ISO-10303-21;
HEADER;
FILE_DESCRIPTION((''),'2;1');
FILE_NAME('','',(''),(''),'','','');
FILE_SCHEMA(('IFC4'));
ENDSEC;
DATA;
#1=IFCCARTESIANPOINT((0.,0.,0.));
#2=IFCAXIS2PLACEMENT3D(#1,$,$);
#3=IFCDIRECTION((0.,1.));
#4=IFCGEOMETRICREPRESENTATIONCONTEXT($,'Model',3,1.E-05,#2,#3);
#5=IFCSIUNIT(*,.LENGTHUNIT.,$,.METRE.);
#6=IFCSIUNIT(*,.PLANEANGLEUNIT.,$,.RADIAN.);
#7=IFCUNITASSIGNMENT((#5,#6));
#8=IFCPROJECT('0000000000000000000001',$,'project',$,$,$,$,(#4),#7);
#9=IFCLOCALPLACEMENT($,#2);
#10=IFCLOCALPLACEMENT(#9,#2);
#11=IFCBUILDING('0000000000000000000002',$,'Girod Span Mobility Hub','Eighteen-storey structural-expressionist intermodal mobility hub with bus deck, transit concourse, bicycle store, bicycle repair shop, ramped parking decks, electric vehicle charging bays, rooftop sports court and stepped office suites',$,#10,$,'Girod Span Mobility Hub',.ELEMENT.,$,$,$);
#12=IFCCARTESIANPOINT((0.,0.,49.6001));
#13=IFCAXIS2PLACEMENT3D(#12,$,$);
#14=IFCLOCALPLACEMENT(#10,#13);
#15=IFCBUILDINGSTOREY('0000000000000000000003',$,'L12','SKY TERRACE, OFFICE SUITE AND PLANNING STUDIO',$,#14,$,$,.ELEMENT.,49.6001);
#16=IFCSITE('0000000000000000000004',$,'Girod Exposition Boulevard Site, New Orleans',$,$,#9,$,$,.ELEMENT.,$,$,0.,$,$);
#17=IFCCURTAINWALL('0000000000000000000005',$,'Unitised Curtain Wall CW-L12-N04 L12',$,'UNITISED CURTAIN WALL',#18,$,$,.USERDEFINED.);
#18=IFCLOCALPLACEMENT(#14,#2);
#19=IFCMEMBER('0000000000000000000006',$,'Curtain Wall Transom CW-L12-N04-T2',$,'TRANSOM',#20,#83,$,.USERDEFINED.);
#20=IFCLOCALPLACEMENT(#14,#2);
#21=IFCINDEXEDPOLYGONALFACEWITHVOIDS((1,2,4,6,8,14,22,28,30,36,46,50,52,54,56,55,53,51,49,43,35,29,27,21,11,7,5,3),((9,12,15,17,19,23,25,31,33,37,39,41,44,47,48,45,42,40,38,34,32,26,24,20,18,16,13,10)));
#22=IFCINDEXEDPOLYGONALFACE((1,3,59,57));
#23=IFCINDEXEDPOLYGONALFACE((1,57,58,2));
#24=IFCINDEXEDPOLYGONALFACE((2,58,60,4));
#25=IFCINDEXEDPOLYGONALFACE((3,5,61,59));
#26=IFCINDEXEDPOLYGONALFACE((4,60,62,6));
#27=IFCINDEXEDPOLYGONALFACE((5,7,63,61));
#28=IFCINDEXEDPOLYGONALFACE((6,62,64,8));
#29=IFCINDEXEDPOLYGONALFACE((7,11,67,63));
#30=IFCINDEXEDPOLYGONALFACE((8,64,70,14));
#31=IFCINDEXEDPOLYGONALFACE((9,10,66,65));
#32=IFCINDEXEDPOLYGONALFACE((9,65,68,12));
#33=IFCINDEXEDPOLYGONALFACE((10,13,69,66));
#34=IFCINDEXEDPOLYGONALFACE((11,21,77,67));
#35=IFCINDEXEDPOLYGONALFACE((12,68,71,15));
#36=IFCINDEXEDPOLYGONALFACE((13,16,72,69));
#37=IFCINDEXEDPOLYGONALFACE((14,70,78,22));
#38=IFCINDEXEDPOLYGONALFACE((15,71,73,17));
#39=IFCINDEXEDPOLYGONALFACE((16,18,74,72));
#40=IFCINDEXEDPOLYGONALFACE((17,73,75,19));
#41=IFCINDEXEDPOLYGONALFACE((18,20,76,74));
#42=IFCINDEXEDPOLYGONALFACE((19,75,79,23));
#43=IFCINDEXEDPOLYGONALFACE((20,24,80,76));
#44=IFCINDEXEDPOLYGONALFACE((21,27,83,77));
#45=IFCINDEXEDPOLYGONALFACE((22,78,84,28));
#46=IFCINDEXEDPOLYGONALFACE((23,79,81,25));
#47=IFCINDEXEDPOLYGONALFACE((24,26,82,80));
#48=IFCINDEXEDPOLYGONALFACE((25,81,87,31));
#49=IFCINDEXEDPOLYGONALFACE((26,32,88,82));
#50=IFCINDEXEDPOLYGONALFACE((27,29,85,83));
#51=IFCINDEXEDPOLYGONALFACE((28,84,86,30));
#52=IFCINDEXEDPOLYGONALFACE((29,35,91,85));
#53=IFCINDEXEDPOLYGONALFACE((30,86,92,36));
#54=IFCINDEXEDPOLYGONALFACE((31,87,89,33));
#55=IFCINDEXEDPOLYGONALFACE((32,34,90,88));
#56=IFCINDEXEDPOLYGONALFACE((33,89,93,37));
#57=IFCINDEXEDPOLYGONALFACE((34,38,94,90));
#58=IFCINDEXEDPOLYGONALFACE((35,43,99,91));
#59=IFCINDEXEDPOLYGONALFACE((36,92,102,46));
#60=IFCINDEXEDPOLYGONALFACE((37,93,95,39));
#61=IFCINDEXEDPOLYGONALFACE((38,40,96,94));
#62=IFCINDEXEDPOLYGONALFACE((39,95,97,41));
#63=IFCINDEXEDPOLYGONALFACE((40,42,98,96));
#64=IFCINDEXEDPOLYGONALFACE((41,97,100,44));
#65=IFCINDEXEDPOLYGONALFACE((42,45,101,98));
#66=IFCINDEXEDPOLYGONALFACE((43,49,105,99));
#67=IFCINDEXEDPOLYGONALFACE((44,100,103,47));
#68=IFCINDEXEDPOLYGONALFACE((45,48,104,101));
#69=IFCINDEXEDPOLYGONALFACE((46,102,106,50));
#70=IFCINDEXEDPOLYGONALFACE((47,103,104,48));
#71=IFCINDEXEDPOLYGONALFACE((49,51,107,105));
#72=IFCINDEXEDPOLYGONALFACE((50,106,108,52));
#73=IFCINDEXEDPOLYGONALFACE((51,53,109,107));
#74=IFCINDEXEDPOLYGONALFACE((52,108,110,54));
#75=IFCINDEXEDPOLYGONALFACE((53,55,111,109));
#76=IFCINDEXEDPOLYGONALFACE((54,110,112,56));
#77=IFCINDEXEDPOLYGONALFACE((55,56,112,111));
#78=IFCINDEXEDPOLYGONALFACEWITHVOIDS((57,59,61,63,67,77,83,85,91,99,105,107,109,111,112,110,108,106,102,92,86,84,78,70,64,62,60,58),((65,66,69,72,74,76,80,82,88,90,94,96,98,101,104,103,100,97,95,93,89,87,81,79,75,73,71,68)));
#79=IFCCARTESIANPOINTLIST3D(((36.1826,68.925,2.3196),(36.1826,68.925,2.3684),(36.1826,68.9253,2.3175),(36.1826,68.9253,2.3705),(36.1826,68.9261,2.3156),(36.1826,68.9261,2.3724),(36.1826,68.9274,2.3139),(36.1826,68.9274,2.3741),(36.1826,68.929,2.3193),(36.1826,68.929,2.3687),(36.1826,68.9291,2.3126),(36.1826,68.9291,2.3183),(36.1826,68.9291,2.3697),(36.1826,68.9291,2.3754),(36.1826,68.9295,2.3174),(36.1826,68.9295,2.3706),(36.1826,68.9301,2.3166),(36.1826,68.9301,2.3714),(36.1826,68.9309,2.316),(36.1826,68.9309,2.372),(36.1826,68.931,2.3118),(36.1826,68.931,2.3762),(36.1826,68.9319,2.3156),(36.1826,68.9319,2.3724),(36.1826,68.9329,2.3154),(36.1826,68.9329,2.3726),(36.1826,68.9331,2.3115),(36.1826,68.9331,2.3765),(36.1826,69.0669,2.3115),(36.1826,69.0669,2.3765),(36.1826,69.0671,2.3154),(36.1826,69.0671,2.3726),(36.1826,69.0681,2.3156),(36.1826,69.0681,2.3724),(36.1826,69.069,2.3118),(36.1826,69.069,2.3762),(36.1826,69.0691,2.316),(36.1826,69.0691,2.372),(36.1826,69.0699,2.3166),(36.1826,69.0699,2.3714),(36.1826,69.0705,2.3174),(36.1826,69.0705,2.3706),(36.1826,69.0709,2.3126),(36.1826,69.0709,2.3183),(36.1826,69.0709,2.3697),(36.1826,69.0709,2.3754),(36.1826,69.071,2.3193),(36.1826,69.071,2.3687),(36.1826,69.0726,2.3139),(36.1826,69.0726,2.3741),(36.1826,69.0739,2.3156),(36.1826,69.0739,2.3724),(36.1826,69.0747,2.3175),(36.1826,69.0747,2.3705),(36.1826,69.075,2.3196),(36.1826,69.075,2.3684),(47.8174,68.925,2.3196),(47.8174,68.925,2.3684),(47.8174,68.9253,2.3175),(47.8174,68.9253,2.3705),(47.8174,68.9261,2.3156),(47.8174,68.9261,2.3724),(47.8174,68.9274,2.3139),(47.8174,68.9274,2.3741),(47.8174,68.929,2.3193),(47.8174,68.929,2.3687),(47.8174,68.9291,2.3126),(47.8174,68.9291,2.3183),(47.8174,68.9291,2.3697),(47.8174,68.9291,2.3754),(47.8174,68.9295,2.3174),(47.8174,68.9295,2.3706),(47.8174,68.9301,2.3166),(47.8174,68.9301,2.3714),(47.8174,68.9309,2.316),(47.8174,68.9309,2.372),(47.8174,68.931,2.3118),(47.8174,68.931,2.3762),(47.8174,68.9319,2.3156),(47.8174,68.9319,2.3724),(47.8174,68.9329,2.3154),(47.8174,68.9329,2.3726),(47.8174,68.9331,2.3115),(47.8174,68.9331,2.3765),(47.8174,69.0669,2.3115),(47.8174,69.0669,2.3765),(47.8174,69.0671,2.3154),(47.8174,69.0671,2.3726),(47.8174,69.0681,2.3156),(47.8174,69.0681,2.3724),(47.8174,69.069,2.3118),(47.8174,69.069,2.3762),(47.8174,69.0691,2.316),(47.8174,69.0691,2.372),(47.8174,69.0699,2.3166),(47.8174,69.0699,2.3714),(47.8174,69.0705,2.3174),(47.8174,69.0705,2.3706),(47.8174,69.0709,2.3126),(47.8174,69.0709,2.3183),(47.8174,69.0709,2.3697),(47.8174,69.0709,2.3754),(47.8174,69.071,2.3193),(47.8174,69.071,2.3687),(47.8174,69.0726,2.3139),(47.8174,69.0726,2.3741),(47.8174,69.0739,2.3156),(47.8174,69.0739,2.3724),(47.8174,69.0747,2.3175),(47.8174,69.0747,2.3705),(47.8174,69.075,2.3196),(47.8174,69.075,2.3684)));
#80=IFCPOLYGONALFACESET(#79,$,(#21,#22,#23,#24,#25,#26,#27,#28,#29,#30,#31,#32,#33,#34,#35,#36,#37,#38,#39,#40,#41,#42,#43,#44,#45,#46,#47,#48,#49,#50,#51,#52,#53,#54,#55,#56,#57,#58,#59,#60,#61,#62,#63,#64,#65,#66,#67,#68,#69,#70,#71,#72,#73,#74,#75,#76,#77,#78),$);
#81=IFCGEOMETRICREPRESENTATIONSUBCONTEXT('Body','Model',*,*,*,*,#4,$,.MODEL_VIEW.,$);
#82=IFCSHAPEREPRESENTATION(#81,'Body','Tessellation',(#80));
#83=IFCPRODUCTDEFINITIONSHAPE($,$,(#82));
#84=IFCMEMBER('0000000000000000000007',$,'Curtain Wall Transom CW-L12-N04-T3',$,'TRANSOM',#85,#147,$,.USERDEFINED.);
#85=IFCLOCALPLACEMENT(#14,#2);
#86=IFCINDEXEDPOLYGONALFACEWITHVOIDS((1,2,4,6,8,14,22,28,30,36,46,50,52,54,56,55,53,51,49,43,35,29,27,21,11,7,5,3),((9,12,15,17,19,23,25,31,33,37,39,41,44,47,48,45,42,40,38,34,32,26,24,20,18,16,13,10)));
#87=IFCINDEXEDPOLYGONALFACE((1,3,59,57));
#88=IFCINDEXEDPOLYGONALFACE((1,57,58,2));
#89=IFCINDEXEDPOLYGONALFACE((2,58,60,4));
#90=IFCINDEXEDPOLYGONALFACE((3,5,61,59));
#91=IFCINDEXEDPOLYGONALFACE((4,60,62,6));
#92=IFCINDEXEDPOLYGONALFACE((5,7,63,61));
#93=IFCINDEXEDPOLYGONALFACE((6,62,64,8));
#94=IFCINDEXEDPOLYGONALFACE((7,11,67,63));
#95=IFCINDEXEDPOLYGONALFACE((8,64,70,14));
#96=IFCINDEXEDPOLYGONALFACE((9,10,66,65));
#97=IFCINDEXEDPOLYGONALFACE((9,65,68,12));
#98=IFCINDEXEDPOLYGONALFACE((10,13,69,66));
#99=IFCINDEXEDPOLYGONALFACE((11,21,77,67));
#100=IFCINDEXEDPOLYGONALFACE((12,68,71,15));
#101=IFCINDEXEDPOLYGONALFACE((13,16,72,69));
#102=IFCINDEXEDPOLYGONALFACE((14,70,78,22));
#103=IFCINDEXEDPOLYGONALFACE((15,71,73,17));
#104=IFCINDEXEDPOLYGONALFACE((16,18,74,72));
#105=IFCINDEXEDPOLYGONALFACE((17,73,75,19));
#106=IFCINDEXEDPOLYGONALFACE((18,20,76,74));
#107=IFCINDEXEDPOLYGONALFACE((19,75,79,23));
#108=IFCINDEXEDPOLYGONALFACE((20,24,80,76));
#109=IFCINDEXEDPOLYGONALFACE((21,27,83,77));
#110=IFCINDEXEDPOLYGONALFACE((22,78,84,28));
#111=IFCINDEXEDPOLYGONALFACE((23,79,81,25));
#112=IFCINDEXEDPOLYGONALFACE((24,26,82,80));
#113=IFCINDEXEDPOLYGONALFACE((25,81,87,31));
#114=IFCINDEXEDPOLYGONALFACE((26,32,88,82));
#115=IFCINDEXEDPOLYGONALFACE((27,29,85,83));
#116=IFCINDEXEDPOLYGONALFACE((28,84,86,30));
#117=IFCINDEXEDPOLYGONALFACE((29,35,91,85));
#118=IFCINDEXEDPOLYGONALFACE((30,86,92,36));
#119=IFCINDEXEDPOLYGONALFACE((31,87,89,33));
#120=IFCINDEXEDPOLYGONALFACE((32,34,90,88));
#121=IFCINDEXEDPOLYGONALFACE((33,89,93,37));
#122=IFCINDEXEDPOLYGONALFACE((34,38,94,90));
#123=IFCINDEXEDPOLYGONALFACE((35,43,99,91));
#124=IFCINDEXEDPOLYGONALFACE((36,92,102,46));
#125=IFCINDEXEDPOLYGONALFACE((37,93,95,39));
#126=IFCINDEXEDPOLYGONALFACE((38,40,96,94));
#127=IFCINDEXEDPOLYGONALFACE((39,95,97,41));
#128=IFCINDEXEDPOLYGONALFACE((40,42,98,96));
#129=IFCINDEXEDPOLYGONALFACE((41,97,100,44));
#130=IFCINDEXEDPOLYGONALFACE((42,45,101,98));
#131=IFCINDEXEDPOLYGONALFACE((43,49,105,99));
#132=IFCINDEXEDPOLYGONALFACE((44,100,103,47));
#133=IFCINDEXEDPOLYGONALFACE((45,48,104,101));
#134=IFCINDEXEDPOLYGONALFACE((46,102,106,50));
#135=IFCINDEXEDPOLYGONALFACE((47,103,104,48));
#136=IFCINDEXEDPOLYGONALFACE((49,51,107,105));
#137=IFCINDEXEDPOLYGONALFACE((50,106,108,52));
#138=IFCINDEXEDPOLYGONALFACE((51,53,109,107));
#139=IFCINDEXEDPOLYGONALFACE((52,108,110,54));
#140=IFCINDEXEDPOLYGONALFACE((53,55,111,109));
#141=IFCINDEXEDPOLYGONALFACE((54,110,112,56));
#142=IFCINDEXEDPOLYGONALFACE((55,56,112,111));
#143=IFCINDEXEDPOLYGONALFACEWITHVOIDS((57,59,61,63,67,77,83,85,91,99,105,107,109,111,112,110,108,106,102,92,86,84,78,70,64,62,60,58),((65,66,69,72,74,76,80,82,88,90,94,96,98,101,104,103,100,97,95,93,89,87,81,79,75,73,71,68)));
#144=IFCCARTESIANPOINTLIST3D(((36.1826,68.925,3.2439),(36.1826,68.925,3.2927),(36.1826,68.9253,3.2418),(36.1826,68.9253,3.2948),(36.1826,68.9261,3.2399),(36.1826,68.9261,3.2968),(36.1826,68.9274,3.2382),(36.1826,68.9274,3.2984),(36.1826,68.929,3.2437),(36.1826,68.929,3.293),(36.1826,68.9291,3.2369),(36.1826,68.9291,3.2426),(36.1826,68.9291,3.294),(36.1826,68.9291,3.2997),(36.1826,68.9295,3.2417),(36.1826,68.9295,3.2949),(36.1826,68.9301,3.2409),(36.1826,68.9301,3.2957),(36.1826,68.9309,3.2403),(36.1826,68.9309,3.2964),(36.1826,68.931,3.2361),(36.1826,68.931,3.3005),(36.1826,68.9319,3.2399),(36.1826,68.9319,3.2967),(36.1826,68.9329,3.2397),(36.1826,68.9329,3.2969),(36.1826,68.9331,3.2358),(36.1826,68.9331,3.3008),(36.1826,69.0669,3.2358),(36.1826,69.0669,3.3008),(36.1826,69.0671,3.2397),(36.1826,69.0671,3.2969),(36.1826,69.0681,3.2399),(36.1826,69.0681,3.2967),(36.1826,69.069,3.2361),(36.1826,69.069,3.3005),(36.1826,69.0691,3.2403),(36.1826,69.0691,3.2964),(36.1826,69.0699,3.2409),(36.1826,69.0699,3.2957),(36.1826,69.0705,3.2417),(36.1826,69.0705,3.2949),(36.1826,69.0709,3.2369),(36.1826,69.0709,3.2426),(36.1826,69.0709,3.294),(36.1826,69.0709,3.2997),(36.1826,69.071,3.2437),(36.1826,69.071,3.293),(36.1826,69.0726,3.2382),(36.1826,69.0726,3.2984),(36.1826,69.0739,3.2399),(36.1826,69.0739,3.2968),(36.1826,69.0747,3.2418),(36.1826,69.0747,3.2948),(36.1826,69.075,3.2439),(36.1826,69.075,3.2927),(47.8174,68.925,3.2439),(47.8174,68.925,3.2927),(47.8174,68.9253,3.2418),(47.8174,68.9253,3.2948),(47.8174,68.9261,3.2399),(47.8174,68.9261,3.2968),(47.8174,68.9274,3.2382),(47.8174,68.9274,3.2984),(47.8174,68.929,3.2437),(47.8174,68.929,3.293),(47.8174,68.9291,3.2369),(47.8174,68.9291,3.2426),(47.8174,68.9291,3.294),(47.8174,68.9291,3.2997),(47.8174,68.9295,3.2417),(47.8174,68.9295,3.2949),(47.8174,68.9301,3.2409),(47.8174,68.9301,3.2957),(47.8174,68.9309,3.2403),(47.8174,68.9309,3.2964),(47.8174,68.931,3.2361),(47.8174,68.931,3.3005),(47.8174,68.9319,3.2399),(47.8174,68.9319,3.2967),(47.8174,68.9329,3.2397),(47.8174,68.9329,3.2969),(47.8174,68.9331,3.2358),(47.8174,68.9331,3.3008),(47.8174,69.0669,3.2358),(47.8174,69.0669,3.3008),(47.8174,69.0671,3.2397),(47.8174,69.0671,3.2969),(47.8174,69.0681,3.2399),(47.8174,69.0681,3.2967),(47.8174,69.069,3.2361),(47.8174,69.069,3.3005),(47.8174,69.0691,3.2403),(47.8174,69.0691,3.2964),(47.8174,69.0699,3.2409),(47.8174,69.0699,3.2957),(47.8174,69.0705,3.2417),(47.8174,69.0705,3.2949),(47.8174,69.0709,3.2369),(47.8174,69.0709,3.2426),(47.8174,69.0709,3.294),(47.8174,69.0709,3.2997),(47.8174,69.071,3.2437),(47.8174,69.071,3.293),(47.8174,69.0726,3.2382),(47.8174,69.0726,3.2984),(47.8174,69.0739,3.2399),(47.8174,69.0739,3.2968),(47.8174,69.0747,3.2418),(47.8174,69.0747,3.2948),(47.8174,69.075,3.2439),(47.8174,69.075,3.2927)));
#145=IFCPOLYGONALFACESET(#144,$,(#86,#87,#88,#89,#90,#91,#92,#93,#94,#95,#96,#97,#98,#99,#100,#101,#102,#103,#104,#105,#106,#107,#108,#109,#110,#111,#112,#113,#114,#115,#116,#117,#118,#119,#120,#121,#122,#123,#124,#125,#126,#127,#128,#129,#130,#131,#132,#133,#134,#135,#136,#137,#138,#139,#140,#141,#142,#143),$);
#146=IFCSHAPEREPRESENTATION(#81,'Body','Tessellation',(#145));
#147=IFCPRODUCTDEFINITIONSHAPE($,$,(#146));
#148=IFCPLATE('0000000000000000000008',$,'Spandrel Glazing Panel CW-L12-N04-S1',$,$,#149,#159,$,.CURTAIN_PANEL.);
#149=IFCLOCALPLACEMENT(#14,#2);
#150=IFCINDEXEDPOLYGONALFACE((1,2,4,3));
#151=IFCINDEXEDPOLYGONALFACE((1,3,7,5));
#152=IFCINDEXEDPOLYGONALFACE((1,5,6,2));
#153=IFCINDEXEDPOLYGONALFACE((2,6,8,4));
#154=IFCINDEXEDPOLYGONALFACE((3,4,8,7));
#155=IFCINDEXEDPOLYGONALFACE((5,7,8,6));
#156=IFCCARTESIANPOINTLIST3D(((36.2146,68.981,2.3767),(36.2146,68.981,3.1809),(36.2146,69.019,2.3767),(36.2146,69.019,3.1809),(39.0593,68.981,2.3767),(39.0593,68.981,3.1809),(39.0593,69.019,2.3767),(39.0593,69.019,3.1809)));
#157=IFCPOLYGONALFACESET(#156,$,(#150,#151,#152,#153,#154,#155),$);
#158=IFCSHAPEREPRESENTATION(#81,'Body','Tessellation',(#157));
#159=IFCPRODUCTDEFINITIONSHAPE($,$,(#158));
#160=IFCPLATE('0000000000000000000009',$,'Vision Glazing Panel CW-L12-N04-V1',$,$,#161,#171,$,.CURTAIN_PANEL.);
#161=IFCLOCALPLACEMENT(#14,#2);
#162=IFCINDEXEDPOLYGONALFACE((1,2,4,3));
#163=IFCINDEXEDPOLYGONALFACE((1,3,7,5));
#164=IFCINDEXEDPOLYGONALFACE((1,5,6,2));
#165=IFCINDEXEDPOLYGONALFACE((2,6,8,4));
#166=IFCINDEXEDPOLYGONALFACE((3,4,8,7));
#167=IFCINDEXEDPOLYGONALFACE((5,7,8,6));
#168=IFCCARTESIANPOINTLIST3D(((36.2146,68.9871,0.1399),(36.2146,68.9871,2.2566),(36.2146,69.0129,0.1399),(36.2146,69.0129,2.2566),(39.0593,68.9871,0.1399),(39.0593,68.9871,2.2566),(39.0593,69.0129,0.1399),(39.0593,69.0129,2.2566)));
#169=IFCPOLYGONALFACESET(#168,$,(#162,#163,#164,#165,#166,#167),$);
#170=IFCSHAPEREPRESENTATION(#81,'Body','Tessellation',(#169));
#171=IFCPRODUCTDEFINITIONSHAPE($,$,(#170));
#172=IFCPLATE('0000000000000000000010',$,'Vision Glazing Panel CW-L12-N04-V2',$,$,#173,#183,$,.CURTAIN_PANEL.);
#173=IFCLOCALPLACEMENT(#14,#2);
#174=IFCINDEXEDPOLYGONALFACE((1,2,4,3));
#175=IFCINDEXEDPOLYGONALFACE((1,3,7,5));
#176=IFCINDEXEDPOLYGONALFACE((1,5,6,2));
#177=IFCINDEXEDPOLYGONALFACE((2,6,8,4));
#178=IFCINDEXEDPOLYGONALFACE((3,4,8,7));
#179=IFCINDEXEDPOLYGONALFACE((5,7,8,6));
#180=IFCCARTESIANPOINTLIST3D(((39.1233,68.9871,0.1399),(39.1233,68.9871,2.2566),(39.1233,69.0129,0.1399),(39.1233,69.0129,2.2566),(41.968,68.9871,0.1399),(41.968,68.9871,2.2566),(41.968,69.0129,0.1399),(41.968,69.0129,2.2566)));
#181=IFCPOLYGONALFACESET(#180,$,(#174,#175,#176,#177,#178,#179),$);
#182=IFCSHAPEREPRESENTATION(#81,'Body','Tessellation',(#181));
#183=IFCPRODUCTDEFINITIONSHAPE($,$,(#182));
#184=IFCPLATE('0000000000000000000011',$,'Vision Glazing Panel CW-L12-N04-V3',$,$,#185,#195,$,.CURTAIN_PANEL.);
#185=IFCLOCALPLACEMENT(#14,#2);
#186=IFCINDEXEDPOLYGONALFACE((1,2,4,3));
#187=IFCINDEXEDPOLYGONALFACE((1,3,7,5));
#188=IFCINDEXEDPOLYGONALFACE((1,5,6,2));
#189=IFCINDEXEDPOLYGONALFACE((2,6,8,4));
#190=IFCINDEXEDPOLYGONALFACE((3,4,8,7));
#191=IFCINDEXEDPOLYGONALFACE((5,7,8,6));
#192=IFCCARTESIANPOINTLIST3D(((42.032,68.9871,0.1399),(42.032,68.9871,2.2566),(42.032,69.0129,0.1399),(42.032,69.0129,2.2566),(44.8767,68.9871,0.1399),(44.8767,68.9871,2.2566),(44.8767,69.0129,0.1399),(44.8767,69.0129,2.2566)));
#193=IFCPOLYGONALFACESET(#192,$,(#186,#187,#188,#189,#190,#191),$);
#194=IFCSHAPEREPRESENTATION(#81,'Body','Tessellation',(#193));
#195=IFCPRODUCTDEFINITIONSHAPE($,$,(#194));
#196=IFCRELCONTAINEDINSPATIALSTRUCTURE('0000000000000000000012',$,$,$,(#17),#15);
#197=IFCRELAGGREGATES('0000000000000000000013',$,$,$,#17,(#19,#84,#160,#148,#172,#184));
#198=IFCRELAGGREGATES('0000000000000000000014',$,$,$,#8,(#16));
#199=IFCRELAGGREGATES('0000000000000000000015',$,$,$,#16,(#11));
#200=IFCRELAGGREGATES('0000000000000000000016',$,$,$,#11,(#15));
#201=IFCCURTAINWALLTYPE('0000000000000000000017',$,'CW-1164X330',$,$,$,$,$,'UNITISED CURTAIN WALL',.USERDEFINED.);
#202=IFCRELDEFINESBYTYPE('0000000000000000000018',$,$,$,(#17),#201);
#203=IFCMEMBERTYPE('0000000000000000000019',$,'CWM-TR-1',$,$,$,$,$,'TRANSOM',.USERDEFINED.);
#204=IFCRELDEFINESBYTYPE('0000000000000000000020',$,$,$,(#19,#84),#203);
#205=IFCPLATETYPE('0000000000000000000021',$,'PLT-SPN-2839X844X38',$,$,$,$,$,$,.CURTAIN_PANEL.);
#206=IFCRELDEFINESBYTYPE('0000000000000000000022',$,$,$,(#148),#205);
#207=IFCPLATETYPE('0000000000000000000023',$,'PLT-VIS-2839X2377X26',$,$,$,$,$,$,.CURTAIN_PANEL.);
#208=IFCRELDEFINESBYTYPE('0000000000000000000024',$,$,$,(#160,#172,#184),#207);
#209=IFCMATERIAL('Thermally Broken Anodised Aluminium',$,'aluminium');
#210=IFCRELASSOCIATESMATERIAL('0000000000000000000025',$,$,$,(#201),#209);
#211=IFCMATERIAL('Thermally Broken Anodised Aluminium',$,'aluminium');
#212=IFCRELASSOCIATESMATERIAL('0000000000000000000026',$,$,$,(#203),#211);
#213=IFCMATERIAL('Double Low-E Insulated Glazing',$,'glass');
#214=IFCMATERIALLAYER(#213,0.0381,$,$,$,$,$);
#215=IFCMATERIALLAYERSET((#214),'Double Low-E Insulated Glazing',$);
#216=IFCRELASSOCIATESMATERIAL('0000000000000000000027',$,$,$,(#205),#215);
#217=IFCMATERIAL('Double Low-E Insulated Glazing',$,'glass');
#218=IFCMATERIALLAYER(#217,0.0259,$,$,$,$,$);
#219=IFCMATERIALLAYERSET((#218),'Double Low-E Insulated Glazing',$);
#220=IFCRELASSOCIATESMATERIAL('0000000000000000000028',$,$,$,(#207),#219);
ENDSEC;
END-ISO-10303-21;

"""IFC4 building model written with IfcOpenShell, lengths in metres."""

from ifc_helpers import new_model, si_unit, direction, frame, origin, origin_2d, place, context, subcontext, project, spatial, rectangle, hollow_rectangle, extrude, material, layer, layer_set, material_profile, profile_set, type_object, element, aggregate, save


model = new_model("IFC4")

# Units and contexts
model_context = context("Model", 3, precision=1e-05, world=origin(), true_north=direction((0.0, 1.0)))
body_context = subcontext(model_context, "Body", "Model", "MODEL_VIEW")
ifc_project = project(units=[si_unit("LENGTHUNIT", "METRE"), si_unit("PLANEANGLEUNIT", "RADIAN")], contexts=[model_context])

# Site, building, storey
site_placement = place(None, origin())
site = spatial("IfcSite", under=ifc_project, at=site_placement, Name="Girod Exposition Boulevard Site, New Orleans", CompositionType="ELEMENT", RefElevation=0.0)
building_placement = place(site_placement, origin())
building = spatial("IfcBuilding", under=site, at=building_placement, Name="Girod Span Mobility Hub", Description="Eighteen-storey structural-expressionist intermodal mobility hub with bus deck, transit concourse, bicycle store, bicycle repair shop, ramped parking decks, electric vehicle charging bays, rooftop sports court and stepped office suites", LongName="Girod Span Mobility Hub", CompositionType="ELEMENT")
storey_placement = place(building_placement, frame((0.0, 0.0, 49.6001)))
storey = spatial("IfcBuildingStorey", under=building, at=storey_placement, Name="L12", Description="SKY TERRACE, OFFICE SUITE AND PLANNING STUDIO", CompositionType="ELEMENT", Elevation=49.6001)

# Curtain wall, members, plates
ifc_material_1 = material(Name="Thermally Broken Anodised Aluminium", Category="aluminium")
curtain_wall_type = type_object("IfcCurtainWallType", Name="CW-1164X330", ElementType="UNITISED CURTAIN WALL", PredefinedType="USERDEFINED", material=ifc_material_1)
curtain_wall_placement = place(storey_placement, origin())
curtain_wall = element("IfcCurtainWall", 1, at=curtain_wall_placement, inside=storey, type_object=curtain_wall_type, Name="Unitised Curtain Wall CW-L12-N04 L12", ObjectType="UNITISED CURTAIN WALL", PredefinedType="USERDEFINED")
ifc_material_2 = material(Name="Thermally Broken Anodised Aluminium", Category="aluminium")
ifc_material_profile_1 = material_profile(ifc_material_2, hollow_rectangle(XDim=0.1499, YDim=0.0649, WallThickness=0.0039, InnerFilletRadius=0.0039, OuterFilletRadius=0.0081, at=origin_2d()), Name="CW-TR-65X150")
ifc_profile_set_1 = profile_set([ifc_material_profile_1], Name="Thermally Broken Anodised Aluminium")
member_type_1 = type_object("IfcMemberType", Name="CWM-TR-1", ElementType="TRANSOM", PredefinedType="USERDEFINED", material=ifc_profile_set_1)
member_1_placement = place(storey_placement, frame((36.1826, 69.0, 2.344), z_axis=(1.0, 0.0, 0.0), x_axis=(0.0, 1.0, 0.0)))
member_1 = element("IfcMember", 2, at=member_1_placement, type_object=member_type_1, Name="Curtain Wall Transom CW-L12-N04-T2", ObjectType="TRANSOM", PredefinedType="USERDEFINED", context=body_context, shape_type="SweptSolid", body=[
    extrude(hollow_rectangle(XDim=0.1499, YDim=0.0649, WallThickness=0.0039, InnerFilletRadius=0.0039, OuterFilletRadius=0.0081, at=origin_2d()), origin(), (0.0, 0.0, 1.0), 11.6348),
])
member_2_placement = place(storey_placement, frame((36.1826, 69.0, 3.2683), z_axis=(1.0, 0.0, 0.0), x_axis=(0.0, 1.0, 0.0)))
member_2 = element("IfcMember", 3, at=member_2_placement, type_object=member_type_1, Name="Curtain Wall Transom CW-L12-N04-T3", ObjectType="TRANSOM", PredefinedType="USERDEFINED", context=body_context, shape_type="SweptSolid", body=[
    extrude(hollow_rectangle(XDim=0.1499, YDim=0.0649, WallThickness=0.0039, InnerFilletRadius=0.0039, OuterFilletRadius=0.0081, at=origin_2d()), origin(), (0.0, 0.0, 1.0), 11.6348),
])
ifc_material_3 = material(Name="Double Low-E Insulated Glazing", Category="glass")
ifc_layer_1 = layer(ifc_material_3, 0.0381)
ifc_layer_set_1 = layer_set([ifc_layer_1], Name="Double Low-E Insulated Glazing")
plate_type_1 = type_object("IfcPlateType", Name="PLT-SPN-2839X844X38", PredefinedType="CURTAIN_PANEL", material=ifc_layer_set_1)
plate_1_placement = place(storey_placement, frame((37.637, 69.0, 2.3767), z_axis=(0.0, 0.0, 1.0), x_axis=(1.0, 0.0, 0.0)))
plate_1 = element("IfcPlate", 4, at=plate_1_placement, type_object=plate_type_1, Name="Spandrel Glazing Panel CW-L12-N04-S1", PredefinedType="CURTAIN_PANEL", context=body_context, shape_type="SweptSolid", body=[
    extrude(rectangle(XDim=2.8447, YDim=0.0381, at=origin_2d()), origin(), (0.0, 0.0, 1.0), 0.8042),
])
ifc_material_4 = material(Name="Double Low-E Insulated Glazing", Category="glass")
ifc_layer_2 = layer(ifc_material_4, 0.0259)
ifc_layer_set_2 = layer_set([ifc_layer_2], Name="Double Low-E Insulated Glazing")
plate_type_2 = type_object("IfcPlateType", Name="PLT-VIS-2839X2377X26", PredefinedType="CURTAIN_PANEL", material=ifc_layer_set_2)
plate_2_placement = place(storey_placement, frame((37.637, 69.0, 0.1399), z_axis=(0.0, 0.0, 1.0), x_axis=(1.0, 0.0, 0.0)))
plate_2 = element("IfcPlate", 5, at=plate_2_placement, type_object=plate_type_2, Name="Vision Glazing Panel CW-L12-N04-V1", PredefinedType="CURTAIN_PANEL", context=body_context, shape_type="SweptSolid", body=[
    extrude(rectangle(XDim=2.8447, YDim=0.0259, at=origin_2d()), origin(), (0.0, 0.0, 1.0), 2.1167),
])
plate_3_placement = place(storey_placement, frame((40.5457, 69.0, 0.1399), z_axis=(0.0, 0.0, 1.0), x_axis=(1.0, 0.0, 0.0)))
plate_3 = element("IfcPlate", 6, at=plate_3_placement, type_object=plate_type_2, Name="Vision Glazing Panel CW-L12-N04-V2", PredefinedType="CURTAIN_PANEL", context=body_context, shape_type="SweptSolid", body=[
    extrude(rectangle(XDim=2.8447, YDim=0.0259, at=origin_2d()), origin(), (0.0, 0.0, 1.0), 2.1167),
])
plate_4_placement = place(storey_placement, frame((43.4543, 69.0, 0.1399), z_axis=(0.0, 0.0, 1.0), x_axis=(1.0, 0.0, 0.0)))
plate_4 = element("IfcPlate", 7, at=plate_4_placement, type_object=plate_type_2, Name="Vision Glazing Panel CW-L12-N04-V3", PredefinedType="CURTAIN_PANEL", context=body_context, shape_type="SweptSolid", body=[
    extrude(rectangle(XDim=2.8447, YDim=0.0259, at=origin_2d()), origin(), (0.0, 0.0, 1.0), 2.1167),
])
aggregate(curtain_wall, [member_1, member_2, plate_2, plate_1, plate_3, plate_4])

save(model, "model.ifc")
